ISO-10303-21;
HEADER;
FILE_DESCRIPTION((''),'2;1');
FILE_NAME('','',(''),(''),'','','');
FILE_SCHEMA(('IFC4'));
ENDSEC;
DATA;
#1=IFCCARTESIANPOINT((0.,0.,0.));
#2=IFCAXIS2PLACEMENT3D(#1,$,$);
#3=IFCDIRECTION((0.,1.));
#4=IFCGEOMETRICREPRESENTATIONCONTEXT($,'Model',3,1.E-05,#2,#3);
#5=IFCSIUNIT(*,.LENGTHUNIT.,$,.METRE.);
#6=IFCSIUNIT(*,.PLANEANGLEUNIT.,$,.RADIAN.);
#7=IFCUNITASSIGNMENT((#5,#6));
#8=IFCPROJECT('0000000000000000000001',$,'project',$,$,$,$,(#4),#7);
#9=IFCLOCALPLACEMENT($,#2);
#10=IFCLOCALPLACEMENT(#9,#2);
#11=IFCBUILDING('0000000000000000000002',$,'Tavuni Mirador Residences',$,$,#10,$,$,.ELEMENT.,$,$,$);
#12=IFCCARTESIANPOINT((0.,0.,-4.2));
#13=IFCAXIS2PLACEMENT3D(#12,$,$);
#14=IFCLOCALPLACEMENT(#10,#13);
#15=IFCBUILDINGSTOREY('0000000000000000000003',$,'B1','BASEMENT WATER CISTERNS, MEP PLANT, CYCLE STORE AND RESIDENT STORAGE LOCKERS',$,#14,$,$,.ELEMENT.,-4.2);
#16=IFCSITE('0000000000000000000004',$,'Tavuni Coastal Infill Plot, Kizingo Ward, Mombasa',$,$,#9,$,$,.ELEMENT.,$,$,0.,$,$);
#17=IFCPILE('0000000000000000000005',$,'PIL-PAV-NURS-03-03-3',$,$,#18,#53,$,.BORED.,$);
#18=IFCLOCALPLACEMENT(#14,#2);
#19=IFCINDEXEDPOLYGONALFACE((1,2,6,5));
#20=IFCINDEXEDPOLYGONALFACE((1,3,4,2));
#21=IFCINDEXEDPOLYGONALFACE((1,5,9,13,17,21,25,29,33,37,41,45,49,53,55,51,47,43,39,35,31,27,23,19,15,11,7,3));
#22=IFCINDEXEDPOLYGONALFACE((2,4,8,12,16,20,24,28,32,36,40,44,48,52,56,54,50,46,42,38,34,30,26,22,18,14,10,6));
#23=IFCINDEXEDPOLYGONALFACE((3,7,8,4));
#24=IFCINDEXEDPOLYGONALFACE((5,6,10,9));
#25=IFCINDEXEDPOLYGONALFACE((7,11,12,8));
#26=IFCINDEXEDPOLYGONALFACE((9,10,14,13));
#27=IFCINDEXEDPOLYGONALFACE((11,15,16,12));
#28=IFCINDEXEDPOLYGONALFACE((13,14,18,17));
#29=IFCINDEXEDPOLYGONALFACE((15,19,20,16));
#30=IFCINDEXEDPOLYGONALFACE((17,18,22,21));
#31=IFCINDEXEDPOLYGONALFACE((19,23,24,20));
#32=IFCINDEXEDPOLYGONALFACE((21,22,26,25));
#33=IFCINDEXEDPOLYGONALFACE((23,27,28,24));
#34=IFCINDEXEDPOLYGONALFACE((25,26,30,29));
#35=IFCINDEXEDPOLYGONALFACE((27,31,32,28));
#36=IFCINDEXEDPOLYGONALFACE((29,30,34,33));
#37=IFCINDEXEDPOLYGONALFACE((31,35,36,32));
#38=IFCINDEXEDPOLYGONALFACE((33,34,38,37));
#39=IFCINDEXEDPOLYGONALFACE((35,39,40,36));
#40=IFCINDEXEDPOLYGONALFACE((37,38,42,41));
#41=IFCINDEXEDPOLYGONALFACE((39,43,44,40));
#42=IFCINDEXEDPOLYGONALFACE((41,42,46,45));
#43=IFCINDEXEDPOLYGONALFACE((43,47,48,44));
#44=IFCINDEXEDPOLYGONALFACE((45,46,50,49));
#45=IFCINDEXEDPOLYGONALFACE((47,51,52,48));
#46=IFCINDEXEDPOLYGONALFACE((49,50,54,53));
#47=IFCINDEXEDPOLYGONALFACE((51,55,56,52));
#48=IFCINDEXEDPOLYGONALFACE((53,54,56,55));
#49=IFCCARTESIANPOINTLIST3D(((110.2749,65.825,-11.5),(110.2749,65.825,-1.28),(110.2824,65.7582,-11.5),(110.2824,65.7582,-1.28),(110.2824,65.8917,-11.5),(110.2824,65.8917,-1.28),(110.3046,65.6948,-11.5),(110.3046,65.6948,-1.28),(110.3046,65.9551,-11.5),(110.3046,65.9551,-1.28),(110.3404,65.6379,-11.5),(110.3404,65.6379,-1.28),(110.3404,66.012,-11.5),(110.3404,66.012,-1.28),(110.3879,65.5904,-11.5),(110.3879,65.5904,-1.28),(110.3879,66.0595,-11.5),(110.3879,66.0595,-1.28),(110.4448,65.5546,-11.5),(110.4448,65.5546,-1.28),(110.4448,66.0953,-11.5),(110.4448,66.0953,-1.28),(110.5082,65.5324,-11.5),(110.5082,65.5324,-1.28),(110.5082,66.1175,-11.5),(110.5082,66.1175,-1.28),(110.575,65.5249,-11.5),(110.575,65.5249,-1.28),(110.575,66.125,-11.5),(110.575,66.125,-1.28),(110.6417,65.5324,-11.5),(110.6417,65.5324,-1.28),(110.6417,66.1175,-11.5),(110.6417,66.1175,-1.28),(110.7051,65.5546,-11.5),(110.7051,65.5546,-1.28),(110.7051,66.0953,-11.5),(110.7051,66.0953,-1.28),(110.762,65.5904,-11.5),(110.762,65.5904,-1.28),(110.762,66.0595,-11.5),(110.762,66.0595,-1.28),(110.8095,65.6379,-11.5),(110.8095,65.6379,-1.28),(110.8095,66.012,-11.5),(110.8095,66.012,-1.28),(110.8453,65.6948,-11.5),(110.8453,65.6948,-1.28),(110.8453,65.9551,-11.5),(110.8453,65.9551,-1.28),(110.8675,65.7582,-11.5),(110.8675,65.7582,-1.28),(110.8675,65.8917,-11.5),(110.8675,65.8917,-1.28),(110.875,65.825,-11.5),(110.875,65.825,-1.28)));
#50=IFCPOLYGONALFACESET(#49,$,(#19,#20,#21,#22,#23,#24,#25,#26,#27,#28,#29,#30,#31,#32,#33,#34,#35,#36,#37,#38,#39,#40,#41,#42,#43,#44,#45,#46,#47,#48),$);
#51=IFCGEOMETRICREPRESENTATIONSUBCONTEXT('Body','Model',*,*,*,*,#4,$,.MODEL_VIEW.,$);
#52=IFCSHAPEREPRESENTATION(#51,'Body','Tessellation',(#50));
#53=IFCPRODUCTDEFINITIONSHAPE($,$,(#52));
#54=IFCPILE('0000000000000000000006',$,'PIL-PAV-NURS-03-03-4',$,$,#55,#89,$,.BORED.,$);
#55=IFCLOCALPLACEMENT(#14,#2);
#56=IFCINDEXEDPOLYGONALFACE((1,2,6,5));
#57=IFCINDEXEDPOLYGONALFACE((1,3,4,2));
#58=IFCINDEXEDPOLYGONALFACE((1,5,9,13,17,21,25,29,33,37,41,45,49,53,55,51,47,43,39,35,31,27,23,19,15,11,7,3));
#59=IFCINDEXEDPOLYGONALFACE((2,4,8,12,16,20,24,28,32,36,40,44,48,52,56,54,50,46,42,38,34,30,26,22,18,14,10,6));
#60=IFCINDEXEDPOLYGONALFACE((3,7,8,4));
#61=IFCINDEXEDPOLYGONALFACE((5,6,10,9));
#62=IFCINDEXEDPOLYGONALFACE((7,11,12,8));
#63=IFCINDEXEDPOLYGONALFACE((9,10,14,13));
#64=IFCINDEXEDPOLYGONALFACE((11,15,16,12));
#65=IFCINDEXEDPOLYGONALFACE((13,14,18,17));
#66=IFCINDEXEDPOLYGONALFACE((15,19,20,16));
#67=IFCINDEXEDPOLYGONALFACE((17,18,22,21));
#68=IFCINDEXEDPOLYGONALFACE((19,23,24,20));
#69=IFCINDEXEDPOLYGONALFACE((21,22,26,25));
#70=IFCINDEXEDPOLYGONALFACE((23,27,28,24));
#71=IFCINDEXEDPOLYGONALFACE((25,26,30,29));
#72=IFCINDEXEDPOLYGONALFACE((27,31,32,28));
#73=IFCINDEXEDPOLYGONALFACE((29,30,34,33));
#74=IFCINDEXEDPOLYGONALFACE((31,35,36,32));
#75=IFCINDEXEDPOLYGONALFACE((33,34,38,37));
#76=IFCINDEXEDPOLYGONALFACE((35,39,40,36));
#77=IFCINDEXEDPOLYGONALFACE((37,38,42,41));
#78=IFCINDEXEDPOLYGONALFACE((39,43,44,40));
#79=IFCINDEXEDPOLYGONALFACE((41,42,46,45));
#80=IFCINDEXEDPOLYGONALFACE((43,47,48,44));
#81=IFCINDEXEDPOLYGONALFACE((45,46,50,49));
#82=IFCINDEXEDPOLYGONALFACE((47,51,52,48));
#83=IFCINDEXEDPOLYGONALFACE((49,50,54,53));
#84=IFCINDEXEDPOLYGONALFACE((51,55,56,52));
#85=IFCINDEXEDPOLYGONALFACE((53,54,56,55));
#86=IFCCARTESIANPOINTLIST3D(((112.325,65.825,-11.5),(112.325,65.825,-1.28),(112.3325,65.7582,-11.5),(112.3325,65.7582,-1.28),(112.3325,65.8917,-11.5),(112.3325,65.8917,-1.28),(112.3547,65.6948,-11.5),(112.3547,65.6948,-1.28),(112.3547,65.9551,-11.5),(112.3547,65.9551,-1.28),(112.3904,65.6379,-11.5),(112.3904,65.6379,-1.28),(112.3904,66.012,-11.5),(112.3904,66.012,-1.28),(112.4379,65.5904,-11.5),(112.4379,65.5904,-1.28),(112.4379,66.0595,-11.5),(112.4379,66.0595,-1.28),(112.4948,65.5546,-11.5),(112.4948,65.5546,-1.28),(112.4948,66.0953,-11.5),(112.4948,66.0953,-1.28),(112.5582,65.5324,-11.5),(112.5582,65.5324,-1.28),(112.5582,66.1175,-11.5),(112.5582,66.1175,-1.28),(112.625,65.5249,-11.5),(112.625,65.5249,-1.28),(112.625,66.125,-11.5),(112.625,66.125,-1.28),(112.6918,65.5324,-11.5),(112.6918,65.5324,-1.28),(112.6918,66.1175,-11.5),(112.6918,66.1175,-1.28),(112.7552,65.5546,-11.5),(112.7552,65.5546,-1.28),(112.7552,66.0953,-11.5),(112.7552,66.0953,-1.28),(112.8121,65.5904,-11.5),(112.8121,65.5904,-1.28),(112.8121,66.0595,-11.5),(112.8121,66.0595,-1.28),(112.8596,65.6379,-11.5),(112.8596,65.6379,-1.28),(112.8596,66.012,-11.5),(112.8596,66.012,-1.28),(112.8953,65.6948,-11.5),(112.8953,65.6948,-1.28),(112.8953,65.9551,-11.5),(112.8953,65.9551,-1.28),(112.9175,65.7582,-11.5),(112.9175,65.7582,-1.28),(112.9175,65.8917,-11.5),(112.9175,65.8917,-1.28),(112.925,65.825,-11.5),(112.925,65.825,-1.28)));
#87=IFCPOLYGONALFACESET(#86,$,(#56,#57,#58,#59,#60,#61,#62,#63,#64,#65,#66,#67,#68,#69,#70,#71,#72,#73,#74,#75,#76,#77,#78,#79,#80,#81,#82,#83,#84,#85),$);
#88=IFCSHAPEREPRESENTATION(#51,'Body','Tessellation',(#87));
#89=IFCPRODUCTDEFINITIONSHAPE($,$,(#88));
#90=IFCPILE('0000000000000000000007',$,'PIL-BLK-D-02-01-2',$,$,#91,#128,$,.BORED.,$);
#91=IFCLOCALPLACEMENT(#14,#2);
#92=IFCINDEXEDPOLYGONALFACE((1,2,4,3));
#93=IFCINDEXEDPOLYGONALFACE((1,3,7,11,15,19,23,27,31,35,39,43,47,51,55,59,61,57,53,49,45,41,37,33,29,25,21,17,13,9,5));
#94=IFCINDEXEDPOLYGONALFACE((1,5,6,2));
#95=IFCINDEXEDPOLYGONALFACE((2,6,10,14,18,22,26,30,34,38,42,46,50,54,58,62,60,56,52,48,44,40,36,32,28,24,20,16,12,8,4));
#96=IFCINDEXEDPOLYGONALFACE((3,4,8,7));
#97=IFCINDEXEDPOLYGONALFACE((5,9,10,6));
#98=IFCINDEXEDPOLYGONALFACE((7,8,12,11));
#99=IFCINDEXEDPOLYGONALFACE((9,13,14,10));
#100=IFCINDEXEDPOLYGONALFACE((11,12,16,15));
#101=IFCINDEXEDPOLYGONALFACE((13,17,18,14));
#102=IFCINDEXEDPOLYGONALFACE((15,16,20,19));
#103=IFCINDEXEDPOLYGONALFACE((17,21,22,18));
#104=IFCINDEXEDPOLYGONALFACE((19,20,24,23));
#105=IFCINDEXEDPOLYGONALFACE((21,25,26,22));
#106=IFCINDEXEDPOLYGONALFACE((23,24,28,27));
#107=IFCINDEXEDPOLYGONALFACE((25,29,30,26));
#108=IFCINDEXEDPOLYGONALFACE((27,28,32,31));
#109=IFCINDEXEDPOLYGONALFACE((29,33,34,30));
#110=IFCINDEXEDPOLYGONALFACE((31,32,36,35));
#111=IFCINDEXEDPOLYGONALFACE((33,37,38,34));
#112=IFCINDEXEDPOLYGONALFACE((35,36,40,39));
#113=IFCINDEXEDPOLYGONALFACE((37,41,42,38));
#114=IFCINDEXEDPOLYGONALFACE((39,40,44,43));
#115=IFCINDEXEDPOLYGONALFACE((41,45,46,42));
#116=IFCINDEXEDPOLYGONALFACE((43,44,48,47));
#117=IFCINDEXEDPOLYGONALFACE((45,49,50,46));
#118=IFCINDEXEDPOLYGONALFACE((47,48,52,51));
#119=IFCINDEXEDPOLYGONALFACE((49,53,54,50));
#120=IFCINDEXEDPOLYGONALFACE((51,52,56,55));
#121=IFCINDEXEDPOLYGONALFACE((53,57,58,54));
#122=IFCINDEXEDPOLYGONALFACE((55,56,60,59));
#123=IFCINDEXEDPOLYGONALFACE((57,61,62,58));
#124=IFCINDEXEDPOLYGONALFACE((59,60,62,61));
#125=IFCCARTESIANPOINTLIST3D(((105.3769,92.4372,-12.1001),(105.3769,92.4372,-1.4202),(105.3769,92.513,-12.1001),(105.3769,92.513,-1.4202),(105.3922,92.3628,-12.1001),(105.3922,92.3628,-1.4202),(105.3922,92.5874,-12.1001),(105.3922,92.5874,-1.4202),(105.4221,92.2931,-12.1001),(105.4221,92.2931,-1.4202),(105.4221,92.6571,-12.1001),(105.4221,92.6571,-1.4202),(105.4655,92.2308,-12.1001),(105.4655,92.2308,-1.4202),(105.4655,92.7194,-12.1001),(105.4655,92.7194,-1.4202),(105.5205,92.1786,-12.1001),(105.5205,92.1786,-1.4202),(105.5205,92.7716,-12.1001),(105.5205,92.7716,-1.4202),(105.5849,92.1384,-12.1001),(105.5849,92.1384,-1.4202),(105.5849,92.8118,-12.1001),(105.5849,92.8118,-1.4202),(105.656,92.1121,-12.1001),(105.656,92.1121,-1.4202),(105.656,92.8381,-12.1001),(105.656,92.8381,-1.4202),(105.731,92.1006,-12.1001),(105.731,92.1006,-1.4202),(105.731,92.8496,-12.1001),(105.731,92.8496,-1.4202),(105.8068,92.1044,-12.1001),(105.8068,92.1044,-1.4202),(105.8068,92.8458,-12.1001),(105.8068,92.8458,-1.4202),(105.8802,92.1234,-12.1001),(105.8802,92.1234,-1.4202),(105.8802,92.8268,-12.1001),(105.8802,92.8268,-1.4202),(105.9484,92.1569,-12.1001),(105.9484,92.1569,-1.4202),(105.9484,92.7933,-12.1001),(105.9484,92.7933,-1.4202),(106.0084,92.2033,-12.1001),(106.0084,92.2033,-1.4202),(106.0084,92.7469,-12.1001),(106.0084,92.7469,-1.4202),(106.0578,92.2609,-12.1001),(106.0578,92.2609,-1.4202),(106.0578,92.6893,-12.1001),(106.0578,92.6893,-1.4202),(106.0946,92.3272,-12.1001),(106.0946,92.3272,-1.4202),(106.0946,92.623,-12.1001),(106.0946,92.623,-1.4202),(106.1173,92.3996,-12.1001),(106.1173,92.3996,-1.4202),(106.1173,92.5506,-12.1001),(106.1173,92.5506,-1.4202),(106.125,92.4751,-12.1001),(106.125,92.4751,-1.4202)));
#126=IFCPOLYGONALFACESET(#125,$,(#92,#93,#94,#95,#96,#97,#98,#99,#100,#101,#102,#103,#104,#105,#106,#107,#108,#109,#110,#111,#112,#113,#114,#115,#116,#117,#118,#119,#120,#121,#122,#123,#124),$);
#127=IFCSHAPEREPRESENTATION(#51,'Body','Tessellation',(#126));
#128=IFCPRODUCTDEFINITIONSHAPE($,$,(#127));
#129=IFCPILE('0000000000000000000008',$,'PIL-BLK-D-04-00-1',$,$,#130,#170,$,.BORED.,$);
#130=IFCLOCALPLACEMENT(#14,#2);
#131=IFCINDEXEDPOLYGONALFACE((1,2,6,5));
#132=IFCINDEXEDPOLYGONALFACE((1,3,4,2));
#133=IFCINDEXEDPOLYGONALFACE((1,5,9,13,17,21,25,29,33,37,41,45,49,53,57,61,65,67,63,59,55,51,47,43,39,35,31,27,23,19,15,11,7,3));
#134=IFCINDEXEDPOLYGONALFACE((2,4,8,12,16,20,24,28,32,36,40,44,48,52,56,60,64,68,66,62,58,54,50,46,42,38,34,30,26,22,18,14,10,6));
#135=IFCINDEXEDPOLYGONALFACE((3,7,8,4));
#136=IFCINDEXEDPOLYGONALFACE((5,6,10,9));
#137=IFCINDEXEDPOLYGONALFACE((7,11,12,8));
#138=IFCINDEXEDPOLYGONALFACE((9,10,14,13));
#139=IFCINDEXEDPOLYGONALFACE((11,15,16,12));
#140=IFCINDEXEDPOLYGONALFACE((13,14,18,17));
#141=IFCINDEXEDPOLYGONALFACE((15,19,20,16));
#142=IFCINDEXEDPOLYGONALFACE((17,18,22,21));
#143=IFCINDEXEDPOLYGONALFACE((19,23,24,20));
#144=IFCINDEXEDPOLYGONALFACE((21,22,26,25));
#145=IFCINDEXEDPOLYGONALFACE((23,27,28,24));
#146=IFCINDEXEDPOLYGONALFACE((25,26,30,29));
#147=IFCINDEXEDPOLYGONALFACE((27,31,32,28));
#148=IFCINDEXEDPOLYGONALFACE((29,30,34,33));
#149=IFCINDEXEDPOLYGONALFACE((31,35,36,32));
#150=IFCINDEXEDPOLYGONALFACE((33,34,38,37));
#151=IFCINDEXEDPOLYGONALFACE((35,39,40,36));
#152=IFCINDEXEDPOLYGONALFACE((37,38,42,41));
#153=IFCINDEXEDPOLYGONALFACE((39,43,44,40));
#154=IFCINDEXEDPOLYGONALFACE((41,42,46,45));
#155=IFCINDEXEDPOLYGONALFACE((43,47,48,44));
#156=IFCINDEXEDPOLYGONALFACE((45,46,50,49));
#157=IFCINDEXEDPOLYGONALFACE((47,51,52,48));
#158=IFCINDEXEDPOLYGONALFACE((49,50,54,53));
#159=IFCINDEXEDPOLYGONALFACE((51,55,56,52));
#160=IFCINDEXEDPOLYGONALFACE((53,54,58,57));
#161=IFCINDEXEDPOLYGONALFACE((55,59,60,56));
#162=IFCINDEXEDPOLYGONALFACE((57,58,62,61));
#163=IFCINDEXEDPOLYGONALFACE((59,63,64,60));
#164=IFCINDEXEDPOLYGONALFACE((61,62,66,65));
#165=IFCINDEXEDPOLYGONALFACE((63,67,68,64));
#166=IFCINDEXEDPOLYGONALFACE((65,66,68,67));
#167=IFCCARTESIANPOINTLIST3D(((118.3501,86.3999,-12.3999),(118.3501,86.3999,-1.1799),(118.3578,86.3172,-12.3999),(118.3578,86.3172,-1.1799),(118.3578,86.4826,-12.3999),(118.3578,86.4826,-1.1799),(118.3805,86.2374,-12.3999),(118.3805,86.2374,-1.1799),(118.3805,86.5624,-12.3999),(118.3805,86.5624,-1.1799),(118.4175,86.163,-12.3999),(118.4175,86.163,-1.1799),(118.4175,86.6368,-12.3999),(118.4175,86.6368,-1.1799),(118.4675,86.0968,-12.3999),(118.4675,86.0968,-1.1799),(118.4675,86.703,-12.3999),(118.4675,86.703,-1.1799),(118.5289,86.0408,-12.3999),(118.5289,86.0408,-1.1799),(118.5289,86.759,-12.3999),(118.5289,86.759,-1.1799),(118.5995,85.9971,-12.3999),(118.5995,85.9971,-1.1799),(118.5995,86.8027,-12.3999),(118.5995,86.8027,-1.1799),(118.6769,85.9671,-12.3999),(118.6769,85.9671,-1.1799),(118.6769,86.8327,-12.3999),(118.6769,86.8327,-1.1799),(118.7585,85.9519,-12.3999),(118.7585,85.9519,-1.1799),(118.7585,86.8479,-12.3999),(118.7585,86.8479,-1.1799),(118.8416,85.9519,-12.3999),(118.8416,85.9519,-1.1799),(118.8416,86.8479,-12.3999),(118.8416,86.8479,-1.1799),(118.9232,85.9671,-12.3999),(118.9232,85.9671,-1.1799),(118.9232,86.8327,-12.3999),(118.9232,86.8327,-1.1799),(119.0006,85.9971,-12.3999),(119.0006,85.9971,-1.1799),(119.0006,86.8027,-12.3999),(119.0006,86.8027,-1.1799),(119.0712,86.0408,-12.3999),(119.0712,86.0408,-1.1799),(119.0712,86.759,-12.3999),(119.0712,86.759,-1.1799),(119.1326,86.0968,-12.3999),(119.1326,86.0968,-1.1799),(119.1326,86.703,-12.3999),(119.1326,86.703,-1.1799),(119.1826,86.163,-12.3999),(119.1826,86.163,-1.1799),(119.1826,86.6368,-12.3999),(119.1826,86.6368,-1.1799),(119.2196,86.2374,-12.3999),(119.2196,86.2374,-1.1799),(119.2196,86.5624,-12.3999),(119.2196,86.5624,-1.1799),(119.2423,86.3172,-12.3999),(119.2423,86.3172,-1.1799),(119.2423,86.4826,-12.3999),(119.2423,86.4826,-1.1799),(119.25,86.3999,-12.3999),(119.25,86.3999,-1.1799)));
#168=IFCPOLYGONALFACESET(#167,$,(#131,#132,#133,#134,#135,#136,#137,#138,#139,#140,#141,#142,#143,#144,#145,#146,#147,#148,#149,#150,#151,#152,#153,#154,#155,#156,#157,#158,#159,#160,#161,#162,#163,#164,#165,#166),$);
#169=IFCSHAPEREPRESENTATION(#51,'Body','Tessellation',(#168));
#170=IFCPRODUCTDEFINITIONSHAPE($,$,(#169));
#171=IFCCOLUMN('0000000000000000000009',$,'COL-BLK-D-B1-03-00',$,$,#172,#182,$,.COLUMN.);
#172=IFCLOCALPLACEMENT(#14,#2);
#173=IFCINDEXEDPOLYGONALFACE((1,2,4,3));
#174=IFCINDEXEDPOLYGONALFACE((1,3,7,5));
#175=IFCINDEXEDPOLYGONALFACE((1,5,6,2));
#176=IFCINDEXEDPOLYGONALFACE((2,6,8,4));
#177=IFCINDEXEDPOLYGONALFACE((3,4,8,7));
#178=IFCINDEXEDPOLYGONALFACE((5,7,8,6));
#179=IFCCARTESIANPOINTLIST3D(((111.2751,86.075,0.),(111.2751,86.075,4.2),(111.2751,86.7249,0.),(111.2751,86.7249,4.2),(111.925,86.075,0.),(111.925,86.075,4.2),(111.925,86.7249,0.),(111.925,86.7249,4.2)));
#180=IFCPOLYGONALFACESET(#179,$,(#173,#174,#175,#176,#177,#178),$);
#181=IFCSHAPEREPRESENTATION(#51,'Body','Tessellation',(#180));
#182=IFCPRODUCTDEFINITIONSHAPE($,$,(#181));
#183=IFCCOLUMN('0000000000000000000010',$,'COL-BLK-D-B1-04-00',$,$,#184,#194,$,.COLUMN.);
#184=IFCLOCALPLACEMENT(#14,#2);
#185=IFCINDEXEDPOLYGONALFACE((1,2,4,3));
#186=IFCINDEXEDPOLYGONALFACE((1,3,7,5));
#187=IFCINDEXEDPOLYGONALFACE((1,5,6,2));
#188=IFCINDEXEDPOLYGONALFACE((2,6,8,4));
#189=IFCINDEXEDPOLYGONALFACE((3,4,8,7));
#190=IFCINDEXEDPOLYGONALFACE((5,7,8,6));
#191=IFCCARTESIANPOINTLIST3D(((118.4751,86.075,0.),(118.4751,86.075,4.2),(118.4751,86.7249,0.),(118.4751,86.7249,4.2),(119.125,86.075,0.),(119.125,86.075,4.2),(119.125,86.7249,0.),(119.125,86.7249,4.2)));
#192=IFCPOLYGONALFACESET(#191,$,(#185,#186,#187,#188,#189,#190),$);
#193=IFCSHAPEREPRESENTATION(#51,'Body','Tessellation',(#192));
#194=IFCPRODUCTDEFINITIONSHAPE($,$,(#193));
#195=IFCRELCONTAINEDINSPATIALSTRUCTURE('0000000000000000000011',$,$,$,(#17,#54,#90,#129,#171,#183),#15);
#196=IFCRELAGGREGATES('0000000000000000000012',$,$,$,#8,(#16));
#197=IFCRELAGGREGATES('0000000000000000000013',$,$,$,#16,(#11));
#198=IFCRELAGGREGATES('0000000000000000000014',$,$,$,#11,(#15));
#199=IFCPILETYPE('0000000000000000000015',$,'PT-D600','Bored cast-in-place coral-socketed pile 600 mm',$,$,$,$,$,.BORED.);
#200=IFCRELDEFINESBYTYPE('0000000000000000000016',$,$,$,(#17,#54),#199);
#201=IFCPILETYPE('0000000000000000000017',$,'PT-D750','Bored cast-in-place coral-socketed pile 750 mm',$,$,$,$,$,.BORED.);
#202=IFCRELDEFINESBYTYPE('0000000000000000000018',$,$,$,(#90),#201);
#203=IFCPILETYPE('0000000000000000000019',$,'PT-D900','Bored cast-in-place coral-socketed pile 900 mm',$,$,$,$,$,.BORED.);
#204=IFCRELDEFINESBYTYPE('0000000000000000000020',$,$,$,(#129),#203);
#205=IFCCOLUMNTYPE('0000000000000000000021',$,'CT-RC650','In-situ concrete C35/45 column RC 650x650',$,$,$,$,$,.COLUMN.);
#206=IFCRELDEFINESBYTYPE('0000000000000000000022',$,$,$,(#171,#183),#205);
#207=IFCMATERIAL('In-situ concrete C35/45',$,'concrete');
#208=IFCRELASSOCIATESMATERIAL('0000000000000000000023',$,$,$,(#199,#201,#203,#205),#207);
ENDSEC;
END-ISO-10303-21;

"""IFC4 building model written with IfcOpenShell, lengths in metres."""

from ifc_helpers import new_model, si_unit, direction, frame, origin, origin_2d, place, context, subcontext, project, spatial, rectangle, circle, extrude, material, material_profile, profile_set, type_object, element, save


model = new_model("IFC4")

# Units and contexts
model_context = context("Model", 3, precision=1e-05, world=origin(), true_north=direction((0.0, 1.0)))
body_context = subcontext(model_context, "Body", "Model", "MODEL_VIEW")
ifc_project = project(units=[si_unit("LENGTHUNIT", "METRE"), si_unit("PLANEANGLEUNIT", "RADIAN")], contexts=[model_context])

# Site, building, storey
site_placement = place(None, origin())
site = spatial("IfcSite", under=ifc_project, at=site_placement, Name="Tavuni Coastal Infill Plot, Kizingo Ward, Mombasa", CompositionType="ELEMENT", RefElevation=0.0)
building_placement = place(site_placement, origin())
building = spatial("IfcBuilding", under=site, at=building_placement, Name="Tavuni Mirador Residences", CompositionType="ELEMENT")
storey_placement = place(building_placement, frame((0.0, 0.0, -4.2)))
storey = spatial("IfcBuildingStorey", under=building, at=storey_placement, Name="B1", Description="BASEMENT WATER CISTERNS, MEP PLANT, CYCLE STORE AND RESIDENT STORAGE LOCKERS", CompositionType="ELEMENT", Elevation=-4.2)

# Shared definitions
ifc_material_1 = material(Name="In-situ concrete C35/45", Category="concrete")

# Piles
ifc_material_profile_1 = material_profile(ifc_material_1, circle(Radius=0.3, at=origin_2d()), Name="PILE D600", Category="concrete")
ifc_profile_set_1 = profile_set([ifc_material_profile_1], Name="In-situ concrete C35/45")
pile_type_1 = type_object("IfcPileType", Name="PT-D600", Description="Bored cast-in-place coral-socketed pile 600 mm", PredefinedType="BORED", material=ifc_profile_set_1)
for number, where, z_axis, x_axis, name in (
    (1, (110.575, 65.825, -1.28), (0.0, 0.0, -1.0), (1.0, 0.0, 0.0), "PIL-PAV-NURS-03-03-3"),
    (2, (112.625, 65.825, -1.28), (0.0, 0.0, -1.0), (1.0, 0.0, 0.0), "PIL-PAV-NURS-03-03-4"),
):
    element("IfcPile", number, at=place(storey_placement, frame(where, z_axis=z_axis, x_axis=x_axis)), inside=storey, type_object=pile_type_1, Name=name, PredefinedType="BORED", context=body_context, shape_type="SweptSolid", body=[
        extrude(circle(Radius=0.3, at=origin_2d()), origin(), (0.0, 0.0, 1.0), 10.22),
    ])
ifc_material_profile_2 = material_profile(ifc_material_1, circle(Radius=0.375, at=origin_2d()), Name="PILE D750", Category="concrete")
ifc_profile_set_2 = profile_set([ifc_material_profile_2], Name="In-situ concrete C35/45")
pile_type_2 = type_object("IfcPileType", Name="PT-D750", Description="Bored cast-in-place coral-socketed pile 750 mm", PredefinedType="BORED", material=ifc_profile_set_2)
pile_1_placement = place(storey_placement, frame((105.75, 92.4751, -1.4202), z_axis=(0.0, 0.0, -1.0), x_axis=(1.0, 0.0, 0.0)))
element("IfcPile", 3, at=pile_1_placement, inside=storey, type_object=pile_type_2, Name="PIL-BLK-D-02-01-2", PredefinedType="BORED", context=body_context, shape_type="SweptSolid", body=[
    extrude(circle(Radius=0.375, at=origin_2d()), origin(), (0.0, 0.0, 1.0), 10.6799),
])
ifc_material_profile_3 = material_profile(ifc_material_1, circle(Radius=0.45, at=origin_2d()), Name="PILE D900", Category="concrete")
ifc_profile_set_3 = profile_set([ifc_material_profile_3], Name="In-situ concrete C35/45")
pile_type_3 = type_object("IfcPileType", Name="PT-D900", Description="Bored cast-in-place coral-socketed pile 900 mm", PredefinedType="BORED", material=ifc_profile_set_3)
pile_2_placement = place(storey_placement, frame((118.8, 86.3999, -1.1799), z_axis=(0.0, 0.0, -1.0), x_axis=(1.0, 0.0, 0.0)))
element("IfcPile", 4, at=pile_2_placement, inside=storey, type_object=pile_type_3, Name="PIL-BLK-D-04-00-1", PredefinedType="BORED", context=body_context, shape_type="SweptSolid", body=[
    extrude(circle(Radius=0.45, at=origin_2d()), origin(), (0.0, 0.0, 1.0), 11.22),
])

# Columns
ifc_material_profile_4 = material_profile(ifc_material_1, rectangle(XDim=0.6499, YDim=0.6499, at=origin_2d()), Name="RC 650x650", Category="concrete")
ifc_profile_set_4 = profile_set([ifc_material_profile_4], Name="In-situ concrete C35/45")
column_type = type_object("IfcColumnType", Name="CT-RC650", Description="In-situ concrete C35/45 column RC 650x650", PredefinedType="COLUMN", material=ifc_profile_set_4)
for number, where, z_axis, x_axis, name in (
    (5, (111.6001, 86.3999, 0.0), (0.0, 0.0, 1.0), (1.0, 0.0, 0.0), "COL-BLK-D-B1-03-00"),
    (6, (118.8, 86.3999, 0.0), (0.0, 0.0, 1.0), (1.0, 0.0, 0.0), "COL-BLK-D-B1-04-00"),
):
    element("IfcColumn", number, at=place(storey_placement, frame(where, z_axis=z_axis, x_axis=x_axis)), inside=storey, type_object=column_type, Name=name, PredefinedType="COLUMN", context=body_context, shape_type="SweptSolid", body=[
        extrude(rectangle(XDim=0.6499, YDim=0.6499, at=origin_2d()), origin(), (0.0, 0.0, 1.0), 4.2),
    ])

save(model, "model.ifc")
